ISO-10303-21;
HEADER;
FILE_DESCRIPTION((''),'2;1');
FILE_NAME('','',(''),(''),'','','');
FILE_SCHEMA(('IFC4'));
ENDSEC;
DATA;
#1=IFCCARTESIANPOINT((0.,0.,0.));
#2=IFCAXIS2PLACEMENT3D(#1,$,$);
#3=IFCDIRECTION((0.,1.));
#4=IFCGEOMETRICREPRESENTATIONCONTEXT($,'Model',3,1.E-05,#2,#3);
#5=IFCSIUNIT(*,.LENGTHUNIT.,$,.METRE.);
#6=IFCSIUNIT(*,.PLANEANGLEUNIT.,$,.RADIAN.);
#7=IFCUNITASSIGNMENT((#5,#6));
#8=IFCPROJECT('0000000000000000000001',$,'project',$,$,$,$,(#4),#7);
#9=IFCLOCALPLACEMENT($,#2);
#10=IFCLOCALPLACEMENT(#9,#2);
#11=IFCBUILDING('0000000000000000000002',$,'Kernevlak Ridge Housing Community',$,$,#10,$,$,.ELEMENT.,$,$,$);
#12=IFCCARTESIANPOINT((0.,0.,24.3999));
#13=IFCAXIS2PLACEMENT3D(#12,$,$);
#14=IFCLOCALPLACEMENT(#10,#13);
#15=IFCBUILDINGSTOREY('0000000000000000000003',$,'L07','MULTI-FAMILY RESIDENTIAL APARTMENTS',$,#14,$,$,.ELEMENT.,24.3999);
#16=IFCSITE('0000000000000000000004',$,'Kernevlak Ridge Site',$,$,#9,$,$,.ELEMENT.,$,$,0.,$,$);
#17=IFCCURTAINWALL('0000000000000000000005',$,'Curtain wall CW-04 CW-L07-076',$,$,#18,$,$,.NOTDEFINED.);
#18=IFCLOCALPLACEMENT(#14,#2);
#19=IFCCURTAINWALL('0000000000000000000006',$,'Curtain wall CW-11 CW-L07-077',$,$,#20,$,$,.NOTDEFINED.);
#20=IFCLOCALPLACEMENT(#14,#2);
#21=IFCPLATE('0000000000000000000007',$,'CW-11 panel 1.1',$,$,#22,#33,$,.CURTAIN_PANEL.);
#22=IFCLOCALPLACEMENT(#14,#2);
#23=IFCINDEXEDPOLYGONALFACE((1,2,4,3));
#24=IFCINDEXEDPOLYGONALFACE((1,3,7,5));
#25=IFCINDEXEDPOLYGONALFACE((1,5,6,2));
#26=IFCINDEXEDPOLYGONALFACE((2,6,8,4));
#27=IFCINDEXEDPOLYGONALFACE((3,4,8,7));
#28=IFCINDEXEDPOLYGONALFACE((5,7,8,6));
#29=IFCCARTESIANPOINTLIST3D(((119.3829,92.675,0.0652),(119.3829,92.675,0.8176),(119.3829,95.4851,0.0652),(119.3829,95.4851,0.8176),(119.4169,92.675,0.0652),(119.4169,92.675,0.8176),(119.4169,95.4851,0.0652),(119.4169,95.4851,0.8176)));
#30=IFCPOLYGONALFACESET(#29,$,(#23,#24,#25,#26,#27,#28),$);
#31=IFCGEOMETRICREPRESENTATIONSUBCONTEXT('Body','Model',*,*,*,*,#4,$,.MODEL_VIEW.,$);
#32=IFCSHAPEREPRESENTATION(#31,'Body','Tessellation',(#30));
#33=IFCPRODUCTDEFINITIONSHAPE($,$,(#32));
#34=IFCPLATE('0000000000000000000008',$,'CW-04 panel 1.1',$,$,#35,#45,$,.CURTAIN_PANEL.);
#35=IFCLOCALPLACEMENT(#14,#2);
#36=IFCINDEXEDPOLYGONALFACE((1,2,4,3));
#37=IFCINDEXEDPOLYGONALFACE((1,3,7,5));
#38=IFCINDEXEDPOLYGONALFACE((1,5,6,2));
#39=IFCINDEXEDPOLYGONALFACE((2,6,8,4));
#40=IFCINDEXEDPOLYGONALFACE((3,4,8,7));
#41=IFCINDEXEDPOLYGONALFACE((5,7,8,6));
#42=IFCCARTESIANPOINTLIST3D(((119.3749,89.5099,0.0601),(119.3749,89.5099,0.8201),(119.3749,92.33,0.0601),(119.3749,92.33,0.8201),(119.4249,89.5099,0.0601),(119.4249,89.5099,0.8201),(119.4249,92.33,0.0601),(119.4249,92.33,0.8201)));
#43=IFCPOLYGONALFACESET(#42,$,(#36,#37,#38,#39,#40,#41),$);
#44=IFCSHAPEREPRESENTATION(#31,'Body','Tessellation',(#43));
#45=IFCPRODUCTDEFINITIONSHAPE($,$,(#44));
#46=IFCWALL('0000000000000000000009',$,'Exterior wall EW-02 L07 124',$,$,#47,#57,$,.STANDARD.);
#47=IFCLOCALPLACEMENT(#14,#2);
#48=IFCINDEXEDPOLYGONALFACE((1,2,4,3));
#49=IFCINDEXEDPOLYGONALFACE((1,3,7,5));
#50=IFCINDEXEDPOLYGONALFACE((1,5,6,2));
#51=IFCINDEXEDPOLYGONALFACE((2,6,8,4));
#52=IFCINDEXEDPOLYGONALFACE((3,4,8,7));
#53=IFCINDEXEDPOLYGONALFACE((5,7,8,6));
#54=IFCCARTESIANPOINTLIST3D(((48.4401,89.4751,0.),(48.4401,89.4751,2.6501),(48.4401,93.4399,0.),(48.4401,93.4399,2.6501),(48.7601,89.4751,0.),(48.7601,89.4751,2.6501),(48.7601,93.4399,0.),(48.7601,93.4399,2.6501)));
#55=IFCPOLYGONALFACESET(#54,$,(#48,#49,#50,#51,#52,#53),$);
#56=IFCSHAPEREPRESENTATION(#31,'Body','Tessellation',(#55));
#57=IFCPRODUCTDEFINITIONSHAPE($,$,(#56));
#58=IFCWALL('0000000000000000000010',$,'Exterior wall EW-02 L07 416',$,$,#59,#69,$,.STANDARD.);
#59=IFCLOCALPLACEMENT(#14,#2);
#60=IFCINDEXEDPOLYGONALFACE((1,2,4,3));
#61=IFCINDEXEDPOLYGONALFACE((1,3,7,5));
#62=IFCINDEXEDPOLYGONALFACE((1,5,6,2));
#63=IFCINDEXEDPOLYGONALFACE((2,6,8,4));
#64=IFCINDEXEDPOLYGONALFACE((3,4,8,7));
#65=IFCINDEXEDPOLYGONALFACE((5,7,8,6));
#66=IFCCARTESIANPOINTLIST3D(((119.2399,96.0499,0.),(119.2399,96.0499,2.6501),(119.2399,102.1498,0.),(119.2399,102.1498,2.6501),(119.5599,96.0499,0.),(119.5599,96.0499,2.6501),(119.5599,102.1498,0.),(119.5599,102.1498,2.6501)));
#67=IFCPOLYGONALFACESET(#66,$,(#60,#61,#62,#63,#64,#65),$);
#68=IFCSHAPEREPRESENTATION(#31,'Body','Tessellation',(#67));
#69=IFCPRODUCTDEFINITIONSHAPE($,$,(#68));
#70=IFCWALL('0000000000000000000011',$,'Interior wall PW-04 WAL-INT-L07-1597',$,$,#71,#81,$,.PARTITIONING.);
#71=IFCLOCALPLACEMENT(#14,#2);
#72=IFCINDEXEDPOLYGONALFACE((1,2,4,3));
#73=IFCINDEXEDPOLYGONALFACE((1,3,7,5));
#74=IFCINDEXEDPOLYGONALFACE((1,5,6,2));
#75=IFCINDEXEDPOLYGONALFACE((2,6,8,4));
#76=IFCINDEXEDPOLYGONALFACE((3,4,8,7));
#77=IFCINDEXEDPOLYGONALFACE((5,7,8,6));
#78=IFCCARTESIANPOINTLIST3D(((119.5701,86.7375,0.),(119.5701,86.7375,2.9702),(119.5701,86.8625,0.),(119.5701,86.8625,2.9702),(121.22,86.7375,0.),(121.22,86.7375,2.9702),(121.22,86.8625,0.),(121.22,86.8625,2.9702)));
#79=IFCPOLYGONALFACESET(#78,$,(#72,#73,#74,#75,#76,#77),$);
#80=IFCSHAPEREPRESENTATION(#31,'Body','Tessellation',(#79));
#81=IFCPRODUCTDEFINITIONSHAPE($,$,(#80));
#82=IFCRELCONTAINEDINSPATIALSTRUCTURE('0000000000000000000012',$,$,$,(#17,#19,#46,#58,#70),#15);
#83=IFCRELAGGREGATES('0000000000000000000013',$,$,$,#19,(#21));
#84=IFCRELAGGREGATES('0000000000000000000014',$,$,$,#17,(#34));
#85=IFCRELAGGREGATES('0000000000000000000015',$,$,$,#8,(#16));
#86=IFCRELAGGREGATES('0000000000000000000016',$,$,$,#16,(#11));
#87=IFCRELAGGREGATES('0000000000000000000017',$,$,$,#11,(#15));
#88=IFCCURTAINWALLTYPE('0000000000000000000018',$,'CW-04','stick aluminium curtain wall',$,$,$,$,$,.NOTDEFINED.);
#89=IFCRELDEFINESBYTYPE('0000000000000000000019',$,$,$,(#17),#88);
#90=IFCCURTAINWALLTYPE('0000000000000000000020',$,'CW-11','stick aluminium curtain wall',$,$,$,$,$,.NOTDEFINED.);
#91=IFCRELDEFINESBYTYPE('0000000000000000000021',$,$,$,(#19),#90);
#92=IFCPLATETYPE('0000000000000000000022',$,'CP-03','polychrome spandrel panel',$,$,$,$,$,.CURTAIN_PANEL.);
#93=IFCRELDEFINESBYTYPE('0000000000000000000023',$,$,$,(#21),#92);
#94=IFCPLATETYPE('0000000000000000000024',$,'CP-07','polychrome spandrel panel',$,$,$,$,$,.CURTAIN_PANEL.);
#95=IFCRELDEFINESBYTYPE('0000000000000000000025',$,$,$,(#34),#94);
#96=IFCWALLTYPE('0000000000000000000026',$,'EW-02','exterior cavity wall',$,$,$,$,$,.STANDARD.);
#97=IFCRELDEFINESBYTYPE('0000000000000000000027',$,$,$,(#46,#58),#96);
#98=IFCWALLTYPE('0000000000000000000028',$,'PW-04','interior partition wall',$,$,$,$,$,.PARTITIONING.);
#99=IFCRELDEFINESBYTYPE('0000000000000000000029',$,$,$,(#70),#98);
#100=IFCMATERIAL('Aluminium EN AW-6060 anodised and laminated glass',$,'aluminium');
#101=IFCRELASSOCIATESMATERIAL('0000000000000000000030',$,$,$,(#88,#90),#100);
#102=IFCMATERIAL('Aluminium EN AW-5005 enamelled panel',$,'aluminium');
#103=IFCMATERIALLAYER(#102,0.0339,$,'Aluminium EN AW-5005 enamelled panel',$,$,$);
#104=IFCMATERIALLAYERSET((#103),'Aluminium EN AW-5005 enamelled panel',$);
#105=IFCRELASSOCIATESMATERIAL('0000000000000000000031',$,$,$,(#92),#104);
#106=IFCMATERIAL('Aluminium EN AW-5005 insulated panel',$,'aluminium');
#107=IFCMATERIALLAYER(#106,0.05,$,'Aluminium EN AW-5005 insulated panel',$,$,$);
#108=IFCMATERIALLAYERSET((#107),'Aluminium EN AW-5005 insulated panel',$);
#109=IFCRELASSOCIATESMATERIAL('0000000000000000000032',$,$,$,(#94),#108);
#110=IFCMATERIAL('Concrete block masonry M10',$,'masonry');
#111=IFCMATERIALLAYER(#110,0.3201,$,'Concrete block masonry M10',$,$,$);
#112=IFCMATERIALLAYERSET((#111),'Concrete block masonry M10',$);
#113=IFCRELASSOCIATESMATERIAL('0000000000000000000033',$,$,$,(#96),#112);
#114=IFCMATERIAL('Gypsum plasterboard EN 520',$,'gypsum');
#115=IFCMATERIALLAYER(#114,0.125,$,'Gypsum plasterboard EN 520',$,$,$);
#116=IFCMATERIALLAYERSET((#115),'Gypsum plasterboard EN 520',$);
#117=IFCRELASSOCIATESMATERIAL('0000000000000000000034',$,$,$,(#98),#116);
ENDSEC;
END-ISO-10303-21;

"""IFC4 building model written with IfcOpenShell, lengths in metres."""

from ifc_helpers import new_model, si_unit, direction, frame, frame_2d, origin, origin_2d, place, context, subcontext, project, spatial, rectangle, extrude, material, layer, layer_set, type_object, element, aggregate, save


model = new_model("IFC4")

# Units and contexts
model_context = context("Model", 3, precision=1e-05, world=origin(), true_north=direction((0.0, 1.0)))
body_context = subcontext(model_context, "Body", "Model", "MODEL_VIEW")
ifc_project = project(units=[si_unit("LENGTHUNIT", "METRE"), si_unit("PLANEANGLEUNIT", "RADIAN")], contexts=[model_context])

# Site, building, storey
site_placement = place(None, origin())
site = spatial("IfcSite", under=ifc_project, at=site_placement, Name="Kernevlak Ridge Site", CompositionType="ELEMENT", RefElevation=0.0)
building_placement = place(site_placement, origin())
building = spatial("IfcBuilding", under=site, at=building_placement, Name="Kernevlak Ridge Housing Community", CompositionType="ELEMENT")
storey_placement = place(building_placement, frame((0.0, 0.0, 24.3999)))
storey = spatial("IfcBuildingStorey", under=building, at=storey_placement, Name="L07", Description="MULTI-FAMILY RESIDENTIAL APARTMENTS", CompositionType="ELEMENT", Elevation=24.3999)

# Curtain walls
ifc_material_1 = material(Name="Aluminium EN AW-6060 anodised and laminated glass", Category="aluminium")
curtain_wall_type_1 = type_object("IfcCurtainWallType", Name="CW-04", Description="stick aluminium curtain wall", PredefinedType="NOTDEFINED", material=ifc_material_1)
curtain_wall_1_placement = place(storey_placement, origin())
curtain_wall_1 = element("IfcCurtainWall", 1, at=curtain_wall_1_placement, inside=storey, type_object=curtain_wall_type_1, Name="Curtain wall CW-04 CW-L07-076", PredefinedType="NOTDEFINED")
curtain_wall_type_2 = type_object("IfcCurtainWallType", Name="CW-11", Description="stick aluminium curtain wall", PredefinedType="NOTDEFINED", material=ifc_material_1)
curtain_wall_2_placement = place(storey_placement, origin())
curtain_wall_2 = element("IfcCurtainWall", 2, at=curtain_wall_2_placement, inside=storey, type_object=curtain_wall_type_2, Name="Curtain wall CW-11 CW-L07-077", PredefinedType="NOTDEFINED")

# Plates
ifc_material_2 = material(Name="Aluminium EN AW-5005 enamelled panel", Category="aluminium")
ifc_layer_1 = layer(ifc_material_2, 0.0339, Name="Aluminium EN AW-5005 enamelled panel")
ifc_layer_set_1 = layer_set([ifc_layer_1], Name="Aluminium EN AW-5005 enamelled panel")
plate_type_1 = type_object("IfcPlateType", Name="CP-03", Description="polychrome spandrel panel", PredefinedType="CURTAIN_PANEL", material=ifc_layer_set_1)
plate_1_placement = place(storey_placement, frame((119.3999, 94.0801, 0.0652), z_axis=(0.0, 0.0, 1.0), x_axis=(0.0, 1.0, 0.0)))
plate_1 = element("IfcPlate", 3, at=plate_1_placement, type_object=plate_type_1, Name="CW-11 panel 1.1", PredefinedType="CURTAIN_PANEL", context=body_context, shape_type="SweptSolid", body=[
    extrude(rectangle(XDim=2.8101, YDim=0.0339, at=origin_2d()), origin(), (0.0, 0.0, 1.0), 0.7524),
])
aggregate(curtain_wall_2, [plate_1])
ifc_material_3 = material(Name="Aluminium EN AW-5005 insulated panel", Category="aluminium")
ifc_layer_2 = layer(ifc_material_3, 0.05, Name="Aluminium EN AW-5005 insulated panel")
ifc_layer_set_2 = layer_set([ifc_layer_2], Name="Aluminium EN AW-5005 insulated panel")
plate_type_2 = type_object("IfcPlateType", Name="CP-07", Description="polychrome spandrel panel", PredefinedType="CURTAIN_PANEL", material=ifc_layer_set_2)
plate_2_placement = place(storey_placement, frame((119.3999, 90.9199, 0.0601), z_axis=(0.0, 0.0, 1.0), x_axis=(0.0, 1.0, 0.0)))
plate_2 = element("IfcPlate", 4, at=plate_2_placement, type_object=plate_type_2, Name="CW-04 panel 1.1", PredefinedType="CURTAIN_PANEL", context=body_context, shape_type="SweptSolid", body=[
    extrude(rectangle(XDim=2.8201, YDim=0.05, at=origin_2d()), origin(), (0.0, 0.0, 1.0), 0.76),
])
aggregate(curtain_wall_1, [plate_2])

# Walls
ifc_material_4 = material(Name="Concrete block masonry M10", Category="masonry")
ifc_layer_3 = layer(ifc_material_4, 0.3201, Name="Concrete block masonry M10")
ifc_layer_set_3 = layer_set([ifc_layer_3], Name="Concrete block masonry M10")
wall_type_1 = type_object("IfcWallType", Name="EW-02", Description="exterior cavity wall", PredefinedType="STANDARD", material=ifc_layer_set_3)
wall_1_placement = place(storey_placement, frame((48.6001, 89.4751, 0.0), z_axis=(0.0, 0.0, 1.0), x_axis=(0.0, 1.0, 0.0)))
element("IfcWall", 5, at=wall_1_placement, inside=storey, type_object=wall_type_1, Name="Exterior wall EW-02 L07 124", PredefinedType="STANDARD", context=body_context, shape_type="SweptSolid", body=[
    extrude(rectangle(XDim=3.9648, YDim=0.3201, at=frame_2d((1.9824, 0.0))), origin(), (0.0, 0.0, 1.0), 2.6501),
])
wall_2_placement = place(storey_placement, frame((119.3999, 96.05, 0.0), z_axis=(0.0, 0.0, 1.0), x_axis=(0.0, 1.0, 0.0)))
element("IfcWall", 6, at=wall_2_placement, inside=storey, type_object=wall_type_1, Name="Exterior wall EW-02 L07 416", PredefinedType="STANDARD", context=body_context, shape_type="SweptSolid", body=[
    extrude(rectangle(XDim=6.0999, YDim=0.3201, at=frame_2d((3.0498, 0.0))), origin(), (0.0, 0.0, 1.0), 2.6501),
])

# Wall
ifc_material_5 = material(Name="Gypsum plasterboard EN 520", Category="gypsum")
ifc_layer_4 = layer(ifc_material_5, 0.125, Name="Gypsum plasterboard EN 520")
ifc_layer_set_4 = layer_set([ifc_layer_4], Name="Gypsum plasterboard EN 520")
wall_type_2 = type_object("IfcWallType", Name="PW-04", Description="interior partition wall", PredefinedType="PARTITIONING", material=ifc_layer_set_4)
wall_3_placement = place(storey_placement, frame((119.5701, 86.8, 0.0), z_axis=(0.0, 0.0, 1.0), x_axis=(1.0, 0.0, 0.0)))
element("IfcWall", 7, at=wall_3_placement, inside=storey, type_object=wall_type_2, Name="Interior wall PW-04 WAL-INT-L07-1597", PredefinedType="PARTITIONING", context=body_context, shape_type="SweptSolid", body=[
    extrude(rectangle(XDim=1.6499, YDim=0.125, at=frame_2d((0.825, 0.0))), origin(), (0.0, 0.0, 1.0), 2.9702),
])

save(model, "model.ifc")
